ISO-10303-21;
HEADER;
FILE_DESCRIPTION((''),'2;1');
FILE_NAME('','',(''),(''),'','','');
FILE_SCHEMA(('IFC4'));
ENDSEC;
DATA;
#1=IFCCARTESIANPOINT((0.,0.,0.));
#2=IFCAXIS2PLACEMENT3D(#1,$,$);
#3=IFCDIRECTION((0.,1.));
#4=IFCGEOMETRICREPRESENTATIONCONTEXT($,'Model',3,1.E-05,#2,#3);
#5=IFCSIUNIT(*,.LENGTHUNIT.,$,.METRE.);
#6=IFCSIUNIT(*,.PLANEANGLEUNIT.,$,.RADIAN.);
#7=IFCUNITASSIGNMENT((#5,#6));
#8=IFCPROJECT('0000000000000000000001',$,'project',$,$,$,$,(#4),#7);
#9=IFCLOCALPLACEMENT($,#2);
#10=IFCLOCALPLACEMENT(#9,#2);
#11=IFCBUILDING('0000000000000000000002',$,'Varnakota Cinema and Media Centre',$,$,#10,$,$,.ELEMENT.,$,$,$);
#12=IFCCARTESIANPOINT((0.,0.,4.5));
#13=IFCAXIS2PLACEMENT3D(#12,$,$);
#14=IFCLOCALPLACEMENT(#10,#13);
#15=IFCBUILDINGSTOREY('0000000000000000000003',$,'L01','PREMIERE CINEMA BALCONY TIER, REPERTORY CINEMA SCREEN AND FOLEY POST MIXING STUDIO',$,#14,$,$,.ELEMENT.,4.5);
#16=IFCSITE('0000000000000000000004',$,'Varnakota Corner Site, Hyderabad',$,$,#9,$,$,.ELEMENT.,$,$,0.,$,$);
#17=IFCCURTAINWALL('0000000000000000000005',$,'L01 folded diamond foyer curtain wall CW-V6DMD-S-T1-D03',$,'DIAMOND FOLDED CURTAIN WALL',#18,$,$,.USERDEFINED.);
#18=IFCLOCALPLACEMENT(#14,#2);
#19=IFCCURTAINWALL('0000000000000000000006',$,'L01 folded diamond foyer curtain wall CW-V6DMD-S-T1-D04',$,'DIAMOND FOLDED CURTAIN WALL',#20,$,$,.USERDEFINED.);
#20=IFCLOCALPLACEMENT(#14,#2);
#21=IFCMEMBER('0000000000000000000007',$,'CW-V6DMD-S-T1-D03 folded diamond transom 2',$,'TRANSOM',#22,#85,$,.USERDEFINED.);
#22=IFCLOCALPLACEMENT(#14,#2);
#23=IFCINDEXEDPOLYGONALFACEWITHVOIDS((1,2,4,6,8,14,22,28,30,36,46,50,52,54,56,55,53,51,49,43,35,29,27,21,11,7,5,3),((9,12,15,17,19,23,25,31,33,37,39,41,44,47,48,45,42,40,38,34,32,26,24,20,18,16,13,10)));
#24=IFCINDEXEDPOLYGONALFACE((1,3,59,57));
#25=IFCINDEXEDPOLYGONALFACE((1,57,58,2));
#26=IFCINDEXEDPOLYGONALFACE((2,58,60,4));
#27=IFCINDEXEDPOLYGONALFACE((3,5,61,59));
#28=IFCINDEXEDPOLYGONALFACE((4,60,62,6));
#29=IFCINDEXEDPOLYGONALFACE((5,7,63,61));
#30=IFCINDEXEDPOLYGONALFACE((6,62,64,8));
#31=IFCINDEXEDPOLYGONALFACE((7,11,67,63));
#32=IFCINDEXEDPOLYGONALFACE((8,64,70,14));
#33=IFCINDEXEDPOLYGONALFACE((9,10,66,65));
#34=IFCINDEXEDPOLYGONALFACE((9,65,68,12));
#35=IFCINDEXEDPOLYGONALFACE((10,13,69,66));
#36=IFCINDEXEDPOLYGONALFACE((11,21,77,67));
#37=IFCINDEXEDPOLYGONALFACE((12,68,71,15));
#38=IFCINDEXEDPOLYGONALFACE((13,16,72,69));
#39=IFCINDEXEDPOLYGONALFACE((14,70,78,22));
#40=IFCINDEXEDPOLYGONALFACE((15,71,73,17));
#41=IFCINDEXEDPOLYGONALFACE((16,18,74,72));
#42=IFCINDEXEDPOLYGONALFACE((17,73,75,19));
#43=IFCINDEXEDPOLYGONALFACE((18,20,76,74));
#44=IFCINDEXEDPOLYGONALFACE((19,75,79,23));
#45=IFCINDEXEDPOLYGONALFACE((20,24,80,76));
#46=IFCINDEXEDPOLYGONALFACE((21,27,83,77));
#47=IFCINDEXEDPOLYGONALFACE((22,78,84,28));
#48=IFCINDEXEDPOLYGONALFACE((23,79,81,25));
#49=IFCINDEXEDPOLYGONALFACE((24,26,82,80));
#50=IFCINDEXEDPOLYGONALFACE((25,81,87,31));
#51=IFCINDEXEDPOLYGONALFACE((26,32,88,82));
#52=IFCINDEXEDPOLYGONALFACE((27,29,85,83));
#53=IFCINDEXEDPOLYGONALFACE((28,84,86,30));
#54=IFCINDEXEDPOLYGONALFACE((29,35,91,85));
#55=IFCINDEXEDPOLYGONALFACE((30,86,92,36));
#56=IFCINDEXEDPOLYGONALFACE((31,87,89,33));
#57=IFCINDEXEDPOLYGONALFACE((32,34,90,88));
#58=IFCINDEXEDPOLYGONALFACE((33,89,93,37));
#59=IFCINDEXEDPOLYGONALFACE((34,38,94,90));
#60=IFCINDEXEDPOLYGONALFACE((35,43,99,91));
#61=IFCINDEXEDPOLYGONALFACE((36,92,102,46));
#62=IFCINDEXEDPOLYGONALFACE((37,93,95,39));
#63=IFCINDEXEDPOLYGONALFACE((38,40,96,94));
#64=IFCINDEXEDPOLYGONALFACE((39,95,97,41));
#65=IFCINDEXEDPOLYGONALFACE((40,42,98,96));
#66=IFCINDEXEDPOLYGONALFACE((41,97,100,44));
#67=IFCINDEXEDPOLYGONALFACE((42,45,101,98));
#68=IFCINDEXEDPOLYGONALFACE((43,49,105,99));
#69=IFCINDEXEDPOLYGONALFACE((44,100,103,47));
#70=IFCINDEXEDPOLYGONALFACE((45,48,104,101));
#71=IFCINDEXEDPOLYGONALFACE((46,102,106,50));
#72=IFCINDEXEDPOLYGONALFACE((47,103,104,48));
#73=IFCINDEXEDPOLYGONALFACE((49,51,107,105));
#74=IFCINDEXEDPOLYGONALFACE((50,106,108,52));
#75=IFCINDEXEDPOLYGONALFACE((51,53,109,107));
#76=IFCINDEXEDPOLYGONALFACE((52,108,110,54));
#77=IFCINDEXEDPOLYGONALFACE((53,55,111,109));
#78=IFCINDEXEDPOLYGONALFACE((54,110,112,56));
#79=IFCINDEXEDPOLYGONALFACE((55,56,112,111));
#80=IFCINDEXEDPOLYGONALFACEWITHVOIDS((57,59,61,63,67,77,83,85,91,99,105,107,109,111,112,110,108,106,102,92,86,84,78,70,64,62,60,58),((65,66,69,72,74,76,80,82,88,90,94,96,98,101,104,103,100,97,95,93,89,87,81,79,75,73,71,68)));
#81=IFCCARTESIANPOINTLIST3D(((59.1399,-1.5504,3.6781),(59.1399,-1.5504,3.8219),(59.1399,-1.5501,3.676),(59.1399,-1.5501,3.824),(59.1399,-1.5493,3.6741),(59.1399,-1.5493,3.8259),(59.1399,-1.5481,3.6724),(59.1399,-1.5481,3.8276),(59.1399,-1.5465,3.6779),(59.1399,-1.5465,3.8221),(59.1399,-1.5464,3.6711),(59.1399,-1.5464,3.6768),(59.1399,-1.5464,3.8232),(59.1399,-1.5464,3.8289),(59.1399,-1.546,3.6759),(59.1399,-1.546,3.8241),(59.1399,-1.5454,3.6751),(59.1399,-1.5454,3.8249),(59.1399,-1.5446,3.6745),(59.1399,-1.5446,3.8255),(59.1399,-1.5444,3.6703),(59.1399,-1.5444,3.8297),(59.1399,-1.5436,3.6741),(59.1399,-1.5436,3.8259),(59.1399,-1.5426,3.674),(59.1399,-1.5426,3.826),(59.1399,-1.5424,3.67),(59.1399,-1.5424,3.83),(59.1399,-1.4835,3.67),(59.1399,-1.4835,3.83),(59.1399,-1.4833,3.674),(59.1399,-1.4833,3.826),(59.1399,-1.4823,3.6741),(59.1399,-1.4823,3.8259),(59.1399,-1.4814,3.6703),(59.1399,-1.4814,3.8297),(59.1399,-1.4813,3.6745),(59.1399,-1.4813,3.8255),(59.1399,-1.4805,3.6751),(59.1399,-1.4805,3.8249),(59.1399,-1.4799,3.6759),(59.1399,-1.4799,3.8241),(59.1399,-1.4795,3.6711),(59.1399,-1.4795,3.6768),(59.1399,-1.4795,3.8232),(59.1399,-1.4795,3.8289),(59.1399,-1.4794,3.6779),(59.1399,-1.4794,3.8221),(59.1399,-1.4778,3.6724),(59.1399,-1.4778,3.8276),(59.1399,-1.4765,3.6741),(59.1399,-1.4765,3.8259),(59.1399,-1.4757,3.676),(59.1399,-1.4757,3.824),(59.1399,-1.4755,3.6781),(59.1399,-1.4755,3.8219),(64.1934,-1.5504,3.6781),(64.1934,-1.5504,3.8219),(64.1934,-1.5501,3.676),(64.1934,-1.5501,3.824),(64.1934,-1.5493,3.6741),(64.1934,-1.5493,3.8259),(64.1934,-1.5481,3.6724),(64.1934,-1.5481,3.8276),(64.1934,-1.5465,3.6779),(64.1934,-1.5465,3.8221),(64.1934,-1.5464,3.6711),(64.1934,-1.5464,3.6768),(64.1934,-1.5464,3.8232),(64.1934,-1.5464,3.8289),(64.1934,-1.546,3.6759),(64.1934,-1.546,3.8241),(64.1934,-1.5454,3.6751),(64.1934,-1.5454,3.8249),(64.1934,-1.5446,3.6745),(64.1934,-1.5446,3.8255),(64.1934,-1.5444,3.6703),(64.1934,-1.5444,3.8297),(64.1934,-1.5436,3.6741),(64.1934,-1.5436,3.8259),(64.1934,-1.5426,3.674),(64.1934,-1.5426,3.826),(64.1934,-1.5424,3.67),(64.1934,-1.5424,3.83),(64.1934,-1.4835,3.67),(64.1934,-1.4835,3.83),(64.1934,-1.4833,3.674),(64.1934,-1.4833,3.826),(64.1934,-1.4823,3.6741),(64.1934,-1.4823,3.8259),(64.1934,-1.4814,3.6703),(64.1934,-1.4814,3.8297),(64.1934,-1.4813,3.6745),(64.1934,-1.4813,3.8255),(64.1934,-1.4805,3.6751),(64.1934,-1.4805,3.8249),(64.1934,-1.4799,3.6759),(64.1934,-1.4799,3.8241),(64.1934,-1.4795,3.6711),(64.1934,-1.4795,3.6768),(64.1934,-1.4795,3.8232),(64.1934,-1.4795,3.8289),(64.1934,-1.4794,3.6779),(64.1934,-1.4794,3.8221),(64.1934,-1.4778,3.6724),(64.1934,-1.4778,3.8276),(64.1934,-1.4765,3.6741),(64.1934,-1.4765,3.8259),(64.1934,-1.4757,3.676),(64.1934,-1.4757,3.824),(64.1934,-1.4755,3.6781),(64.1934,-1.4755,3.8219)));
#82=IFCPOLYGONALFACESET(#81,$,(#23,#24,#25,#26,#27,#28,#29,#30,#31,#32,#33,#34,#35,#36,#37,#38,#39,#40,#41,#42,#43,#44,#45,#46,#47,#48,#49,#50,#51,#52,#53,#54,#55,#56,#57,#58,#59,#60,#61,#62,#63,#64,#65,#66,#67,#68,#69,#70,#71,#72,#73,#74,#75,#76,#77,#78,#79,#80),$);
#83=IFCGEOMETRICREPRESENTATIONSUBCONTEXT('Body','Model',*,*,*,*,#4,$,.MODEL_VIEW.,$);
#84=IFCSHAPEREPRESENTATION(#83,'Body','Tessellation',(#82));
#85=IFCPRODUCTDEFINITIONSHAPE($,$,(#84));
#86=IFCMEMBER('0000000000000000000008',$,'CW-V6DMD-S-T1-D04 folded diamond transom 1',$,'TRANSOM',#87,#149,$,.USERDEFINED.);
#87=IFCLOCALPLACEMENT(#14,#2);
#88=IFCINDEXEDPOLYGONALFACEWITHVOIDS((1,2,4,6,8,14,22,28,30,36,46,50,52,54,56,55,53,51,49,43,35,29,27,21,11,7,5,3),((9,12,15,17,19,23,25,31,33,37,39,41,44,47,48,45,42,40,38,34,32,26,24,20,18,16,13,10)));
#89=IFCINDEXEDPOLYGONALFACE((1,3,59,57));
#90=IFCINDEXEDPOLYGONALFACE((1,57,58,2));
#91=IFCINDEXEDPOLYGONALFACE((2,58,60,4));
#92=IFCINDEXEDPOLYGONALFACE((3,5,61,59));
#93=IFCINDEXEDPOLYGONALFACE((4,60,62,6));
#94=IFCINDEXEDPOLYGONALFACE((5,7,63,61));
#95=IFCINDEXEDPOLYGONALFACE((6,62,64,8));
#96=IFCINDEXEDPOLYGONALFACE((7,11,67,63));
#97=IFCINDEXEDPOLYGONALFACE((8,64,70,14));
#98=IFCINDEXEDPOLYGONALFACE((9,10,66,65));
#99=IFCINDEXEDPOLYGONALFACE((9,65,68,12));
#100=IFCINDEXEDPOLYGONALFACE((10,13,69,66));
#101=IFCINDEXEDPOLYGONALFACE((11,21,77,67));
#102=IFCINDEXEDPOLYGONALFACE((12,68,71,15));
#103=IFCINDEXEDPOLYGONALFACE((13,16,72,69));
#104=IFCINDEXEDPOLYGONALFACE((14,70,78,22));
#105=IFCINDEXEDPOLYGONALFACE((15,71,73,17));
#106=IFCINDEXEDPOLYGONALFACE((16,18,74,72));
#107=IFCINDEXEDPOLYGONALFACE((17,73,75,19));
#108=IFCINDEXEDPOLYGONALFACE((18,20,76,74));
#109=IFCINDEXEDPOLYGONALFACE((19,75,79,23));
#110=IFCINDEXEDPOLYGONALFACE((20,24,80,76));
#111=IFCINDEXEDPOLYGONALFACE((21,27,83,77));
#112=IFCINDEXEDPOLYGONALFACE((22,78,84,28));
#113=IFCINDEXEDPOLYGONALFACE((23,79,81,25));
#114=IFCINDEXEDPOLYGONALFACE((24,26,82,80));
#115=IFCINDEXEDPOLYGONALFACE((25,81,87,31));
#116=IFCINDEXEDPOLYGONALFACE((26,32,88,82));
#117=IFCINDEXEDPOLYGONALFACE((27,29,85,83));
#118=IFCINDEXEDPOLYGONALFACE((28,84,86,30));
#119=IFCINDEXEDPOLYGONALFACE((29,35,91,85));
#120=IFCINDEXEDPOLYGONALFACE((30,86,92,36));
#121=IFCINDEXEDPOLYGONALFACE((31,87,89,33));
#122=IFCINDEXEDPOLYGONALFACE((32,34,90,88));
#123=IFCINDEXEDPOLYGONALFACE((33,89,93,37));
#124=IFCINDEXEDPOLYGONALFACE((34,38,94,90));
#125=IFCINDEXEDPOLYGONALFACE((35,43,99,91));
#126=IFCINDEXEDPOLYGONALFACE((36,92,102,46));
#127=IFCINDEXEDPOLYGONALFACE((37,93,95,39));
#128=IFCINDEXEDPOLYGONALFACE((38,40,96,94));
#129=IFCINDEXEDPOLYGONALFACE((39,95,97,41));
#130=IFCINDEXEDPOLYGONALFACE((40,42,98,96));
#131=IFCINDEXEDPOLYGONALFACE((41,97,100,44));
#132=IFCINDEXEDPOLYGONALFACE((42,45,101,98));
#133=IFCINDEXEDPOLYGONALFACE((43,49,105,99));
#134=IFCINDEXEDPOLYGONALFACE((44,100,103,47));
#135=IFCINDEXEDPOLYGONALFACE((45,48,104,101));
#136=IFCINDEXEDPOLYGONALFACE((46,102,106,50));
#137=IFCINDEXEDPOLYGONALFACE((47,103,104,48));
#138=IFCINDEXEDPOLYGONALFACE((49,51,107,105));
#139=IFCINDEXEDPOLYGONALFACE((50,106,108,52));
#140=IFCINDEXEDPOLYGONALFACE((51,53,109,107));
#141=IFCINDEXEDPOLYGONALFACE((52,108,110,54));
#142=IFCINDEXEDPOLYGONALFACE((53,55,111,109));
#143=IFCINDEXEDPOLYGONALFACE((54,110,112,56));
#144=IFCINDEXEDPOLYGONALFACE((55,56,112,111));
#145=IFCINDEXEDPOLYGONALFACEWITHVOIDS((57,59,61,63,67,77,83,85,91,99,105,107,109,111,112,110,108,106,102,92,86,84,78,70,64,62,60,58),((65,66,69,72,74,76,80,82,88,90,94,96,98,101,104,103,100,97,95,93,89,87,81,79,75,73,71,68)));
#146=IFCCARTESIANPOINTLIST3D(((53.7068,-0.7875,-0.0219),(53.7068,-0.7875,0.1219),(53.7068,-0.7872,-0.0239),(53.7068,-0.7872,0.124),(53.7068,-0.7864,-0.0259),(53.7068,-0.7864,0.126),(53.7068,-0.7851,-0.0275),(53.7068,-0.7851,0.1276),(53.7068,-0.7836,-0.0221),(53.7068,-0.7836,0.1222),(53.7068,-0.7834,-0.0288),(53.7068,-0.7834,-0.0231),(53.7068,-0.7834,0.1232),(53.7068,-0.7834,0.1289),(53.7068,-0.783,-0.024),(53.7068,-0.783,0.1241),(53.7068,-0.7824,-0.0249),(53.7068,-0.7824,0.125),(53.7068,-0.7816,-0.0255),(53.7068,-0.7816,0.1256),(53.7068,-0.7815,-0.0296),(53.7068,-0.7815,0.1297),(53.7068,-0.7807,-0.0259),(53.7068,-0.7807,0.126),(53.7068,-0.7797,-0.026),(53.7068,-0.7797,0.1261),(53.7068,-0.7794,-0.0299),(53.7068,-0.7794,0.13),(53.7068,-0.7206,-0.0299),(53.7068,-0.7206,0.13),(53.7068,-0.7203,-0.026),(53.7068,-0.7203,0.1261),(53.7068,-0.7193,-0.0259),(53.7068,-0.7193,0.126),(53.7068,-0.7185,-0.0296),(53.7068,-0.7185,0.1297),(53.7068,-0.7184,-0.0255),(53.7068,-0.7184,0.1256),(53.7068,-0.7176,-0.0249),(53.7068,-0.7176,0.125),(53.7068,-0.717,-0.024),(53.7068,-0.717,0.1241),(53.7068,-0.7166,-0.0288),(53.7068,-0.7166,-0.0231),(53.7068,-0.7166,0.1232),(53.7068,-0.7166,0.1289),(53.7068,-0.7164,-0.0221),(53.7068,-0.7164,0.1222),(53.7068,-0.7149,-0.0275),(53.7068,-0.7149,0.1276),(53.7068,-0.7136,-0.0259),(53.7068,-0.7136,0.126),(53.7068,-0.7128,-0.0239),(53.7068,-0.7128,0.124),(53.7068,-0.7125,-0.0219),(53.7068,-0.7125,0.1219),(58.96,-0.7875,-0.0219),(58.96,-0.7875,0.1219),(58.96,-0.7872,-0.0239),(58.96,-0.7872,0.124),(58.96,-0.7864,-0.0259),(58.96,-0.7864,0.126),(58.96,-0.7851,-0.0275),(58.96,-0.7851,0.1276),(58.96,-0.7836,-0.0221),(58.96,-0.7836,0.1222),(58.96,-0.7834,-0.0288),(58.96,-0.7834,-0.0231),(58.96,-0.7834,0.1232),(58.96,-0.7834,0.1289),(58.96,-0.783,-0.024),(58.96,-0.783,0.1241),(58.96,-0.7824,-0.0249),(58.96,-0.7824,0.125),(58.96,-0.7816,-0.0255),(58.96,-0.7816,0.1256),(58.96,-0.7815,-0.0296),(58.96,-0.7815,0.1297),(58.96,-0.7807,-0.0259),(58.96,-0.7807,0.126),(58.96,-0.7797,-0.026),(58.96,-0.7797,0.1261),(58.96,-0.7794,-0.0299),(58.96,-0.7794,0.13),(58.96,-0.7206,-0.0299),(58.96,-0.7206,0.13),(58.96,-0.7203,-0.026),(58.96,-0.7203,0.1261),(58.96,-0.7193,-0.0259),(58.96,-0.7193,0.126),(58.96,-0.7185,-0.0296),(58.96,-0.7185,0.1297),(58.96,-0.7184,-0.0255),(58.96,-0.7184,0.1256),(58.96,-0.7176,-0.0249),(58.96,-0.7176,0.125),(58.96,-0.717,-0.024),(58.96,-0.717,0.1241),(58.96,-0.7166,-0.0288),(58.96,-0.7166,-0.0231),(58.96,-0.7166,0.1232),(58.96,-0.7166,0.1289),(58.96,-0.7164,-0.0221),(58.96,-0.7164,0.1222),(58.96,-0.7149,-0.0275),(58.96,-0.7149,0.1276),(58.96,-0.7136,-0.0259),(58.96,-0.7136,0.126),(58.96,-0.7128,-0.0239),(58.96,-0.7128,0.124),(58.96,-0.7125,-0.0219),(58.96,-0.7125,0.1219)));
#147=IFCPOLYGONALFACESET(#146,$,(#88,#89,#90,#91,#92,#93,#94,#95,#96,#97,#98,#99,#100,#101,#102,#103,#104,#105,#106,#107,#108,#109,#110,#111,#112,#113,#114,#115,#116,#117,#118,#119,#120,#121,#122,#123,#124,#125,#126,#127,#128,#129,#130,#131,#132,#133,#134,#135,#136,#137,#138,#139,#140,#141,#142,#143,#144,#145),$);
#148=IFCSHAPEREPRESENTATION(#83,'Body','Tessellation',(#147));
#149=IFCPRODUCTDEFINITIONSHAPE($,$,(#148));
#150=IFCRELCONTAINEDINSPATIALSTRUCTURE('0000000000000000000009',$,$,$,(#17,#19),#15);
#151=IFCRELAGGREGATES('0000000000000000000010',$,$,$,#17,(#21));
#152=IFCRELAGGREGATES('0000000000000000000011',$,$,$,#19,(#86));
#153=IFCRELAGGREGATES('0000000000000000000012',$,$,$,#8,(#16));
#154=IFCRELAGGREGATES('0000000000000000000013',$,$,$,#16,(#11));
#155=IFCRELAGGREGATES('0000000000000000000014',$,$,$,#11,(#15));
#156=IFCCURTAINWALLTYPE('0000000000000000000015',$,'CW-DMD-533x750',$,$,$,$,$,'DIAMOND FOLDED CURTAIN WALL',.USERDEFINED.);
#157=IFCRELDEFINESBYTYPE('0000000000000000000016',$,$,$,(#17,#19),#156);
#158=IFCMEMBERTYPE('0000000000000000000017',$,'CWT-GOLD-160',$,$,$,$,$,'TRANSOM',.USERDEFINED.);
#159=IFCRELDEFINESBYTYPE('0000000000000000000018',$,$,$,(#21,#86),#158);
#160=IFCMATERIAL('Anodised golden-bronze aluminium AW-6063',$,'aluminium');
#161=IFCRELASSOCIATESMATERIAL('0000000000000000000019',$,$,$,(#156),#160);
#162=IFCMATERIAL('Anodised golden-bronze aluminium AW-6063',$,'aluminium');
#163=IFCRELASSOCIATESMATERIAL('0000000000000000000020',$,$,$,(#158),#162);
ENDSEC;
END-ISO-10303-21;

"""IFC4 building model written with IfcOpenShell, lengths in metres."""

from ifc_helpers import new_model, si_unit, direction, frame, origin, origin_2d, place, context, subcontext, project, spatial, hollow_rectangle, extrude, material, material_profile, profile_set, type_object, element, aggregate, save


model = new_model("IFC4")

# Units and contexts
model_context = context("Model", 3, precision=1e-05, world=origin(), true_north=direction((0.0, 1.0)))
body_context = subcontext(model_context, "Body", "Model", "MODEL_VIEW")
ifc_project = project(units=[si_unit("LENGTHUNIT", "METRE"), si_unit("PLANEANGLEUNIT", "RADIAN")], contexts=[model_context])

# Site, building, storey
site_placement = place(None, origin())
site = spatial("IfcSite", under=ifc_project, at=site_placement, Name="Varnakota Corner Site, Hyderabad", CompositionType="ELEMENT", RefElevation=0.0)
building_placement = place(site_placement, origin())
building = spatial("IfcBuilding", under=site, at=building_placement, Name="Varnakota Cinema and Media Centre", CompositionType="ELEMENT")
storey_placement = place(building_placement, frame((0.0, 0.0, 4.5)))
storey = spatial("IfcBuildingStorey", under=building, at=storey_placement, Name="L01", Description="PREMIERE CINEMA BALCONY TIER, REPERTORY CINEMA SCREEN AND FOLEY POST MIXING STUDIO", CompositionType="ELEMENT", Elevation=4.5)

# Shared definitions
ifc_material_1 = material(Name="Anodised golden-bronze aluminium AW-6063", Category="aluminium")
curtain_wall_type = type_object("IfcCurtainWallType", Name="CW-DMD-533x750", ElementType="DIAMOND FOLDED CURTAIN WALL", PredefinedType="USERDEFINED", material=ifc_material_1)

# Curtain walls
curtain_wall_1_placement = place(storey_placement, origin())
curtain_wall_1 = element("IfcCurtainWall", 1, at=curtain_wall_1_placement, inside=storey, type_object=curtain_wall_type, Name="L01 folded diamond foyer curtain wall CW-V6DMD-S-T1-D03", ObjectType="DIAMOND FOLDED CURTAIN WALL", PredefinedType="USERDEFINED")
curtain_wall_2_placement = place(storey_placement, origin())
curtain_wall_2 = element("IfcCurtainWall", 2, at=curtain_wall_2_placement, inside=storey, type_object=curtain_wall_type, Name="L01 folded diamond foyer curtain wall CW-V6DMD-S-T1-D04", ObjectType="DIAMOND FOLDED CURTAIN WALL", PredefinedType="USERDEFINED")

# Members
ifc_material_2 = material(Name="Anodised golden-bronze aluminium AW-6063", Category="aluminium")
ifc_material_profile_1 = material_profile(ifc_material_2, hollow_rectangle(XDim=0.075, YDim=0.1599, WallThickness=0.0039, InnerFilletRadius=0.0039, OuterFilletRadius=0.0081, at=origin_2d()), Name="AL-TRANSOM 160x75x4")
ifc_profile_set_1 = profile_set([ifc_material_profile_1], Name="Anodised golden-bronze aluminium AW-6063")
member_type_1 = type_object("IfcMemberType", Name="CWT-GOLD-160", ElementType="TRANSOM", PredefinedType="USERDEFINED", material=ifc_profile_set_1)
member_1_placement = place(storey_placement, frame((64.1934, -1.5129, 3.75), z_axis=(-1.0, 0.0, 0.0), x_axis=(0.0, -1.0, 0.0)))
member_1 = element("IfcMember", 3, at=member_1_placement, type_object=member_type_1, Name="CW-V6DMD-S-T1-D03 folded diamond transom 2", ObjectType="TRANSOM", PredefinedType="USERDEFINED", context=body_context, shape_type="SweptSolid", body=[
    extrude(hollow_rectangle(XDim=0.075, YDim=0.1599, WallThickness=0.0039, InnerFilletRadius=0.0039, OuterFilletRadius=0.0081, at=origin_2d()), origin(), (0.0, 0.0, 1.0), 5.0535),
])
member_2_placement = place(storey_placement, frame((58.96, -0.75, 0.05), z_axis=(-1.0, 0.0, 0.0), x_axis=(0.0, -1.0, 0.0)))
member_2 = element("IfcMember", 4, at=member_2_placement, type_object=member_type_1, Name="CW-V6DMD-S-T1-D04 folded diamond transom 1", ObjectType="TRANSOM", PredefinedType="USERDEFINED", context=body_context, shape_type="SweptSolid", body=[
    extrude(hollow_rectangle(XDim=0.075, YDim=0.1599, WallThickness=0.0039, InnerFilletRadius=0.0039, OuterFilletRadius=0.0081, at=origin_2d()), origin(), (0.0, 0.0, 1.0), 5.2532),
])

aggregate(curtain_wall_1, [member_1])
aggregate(curtain_wall_2, [member_2])

save(model, "model.ifc")
